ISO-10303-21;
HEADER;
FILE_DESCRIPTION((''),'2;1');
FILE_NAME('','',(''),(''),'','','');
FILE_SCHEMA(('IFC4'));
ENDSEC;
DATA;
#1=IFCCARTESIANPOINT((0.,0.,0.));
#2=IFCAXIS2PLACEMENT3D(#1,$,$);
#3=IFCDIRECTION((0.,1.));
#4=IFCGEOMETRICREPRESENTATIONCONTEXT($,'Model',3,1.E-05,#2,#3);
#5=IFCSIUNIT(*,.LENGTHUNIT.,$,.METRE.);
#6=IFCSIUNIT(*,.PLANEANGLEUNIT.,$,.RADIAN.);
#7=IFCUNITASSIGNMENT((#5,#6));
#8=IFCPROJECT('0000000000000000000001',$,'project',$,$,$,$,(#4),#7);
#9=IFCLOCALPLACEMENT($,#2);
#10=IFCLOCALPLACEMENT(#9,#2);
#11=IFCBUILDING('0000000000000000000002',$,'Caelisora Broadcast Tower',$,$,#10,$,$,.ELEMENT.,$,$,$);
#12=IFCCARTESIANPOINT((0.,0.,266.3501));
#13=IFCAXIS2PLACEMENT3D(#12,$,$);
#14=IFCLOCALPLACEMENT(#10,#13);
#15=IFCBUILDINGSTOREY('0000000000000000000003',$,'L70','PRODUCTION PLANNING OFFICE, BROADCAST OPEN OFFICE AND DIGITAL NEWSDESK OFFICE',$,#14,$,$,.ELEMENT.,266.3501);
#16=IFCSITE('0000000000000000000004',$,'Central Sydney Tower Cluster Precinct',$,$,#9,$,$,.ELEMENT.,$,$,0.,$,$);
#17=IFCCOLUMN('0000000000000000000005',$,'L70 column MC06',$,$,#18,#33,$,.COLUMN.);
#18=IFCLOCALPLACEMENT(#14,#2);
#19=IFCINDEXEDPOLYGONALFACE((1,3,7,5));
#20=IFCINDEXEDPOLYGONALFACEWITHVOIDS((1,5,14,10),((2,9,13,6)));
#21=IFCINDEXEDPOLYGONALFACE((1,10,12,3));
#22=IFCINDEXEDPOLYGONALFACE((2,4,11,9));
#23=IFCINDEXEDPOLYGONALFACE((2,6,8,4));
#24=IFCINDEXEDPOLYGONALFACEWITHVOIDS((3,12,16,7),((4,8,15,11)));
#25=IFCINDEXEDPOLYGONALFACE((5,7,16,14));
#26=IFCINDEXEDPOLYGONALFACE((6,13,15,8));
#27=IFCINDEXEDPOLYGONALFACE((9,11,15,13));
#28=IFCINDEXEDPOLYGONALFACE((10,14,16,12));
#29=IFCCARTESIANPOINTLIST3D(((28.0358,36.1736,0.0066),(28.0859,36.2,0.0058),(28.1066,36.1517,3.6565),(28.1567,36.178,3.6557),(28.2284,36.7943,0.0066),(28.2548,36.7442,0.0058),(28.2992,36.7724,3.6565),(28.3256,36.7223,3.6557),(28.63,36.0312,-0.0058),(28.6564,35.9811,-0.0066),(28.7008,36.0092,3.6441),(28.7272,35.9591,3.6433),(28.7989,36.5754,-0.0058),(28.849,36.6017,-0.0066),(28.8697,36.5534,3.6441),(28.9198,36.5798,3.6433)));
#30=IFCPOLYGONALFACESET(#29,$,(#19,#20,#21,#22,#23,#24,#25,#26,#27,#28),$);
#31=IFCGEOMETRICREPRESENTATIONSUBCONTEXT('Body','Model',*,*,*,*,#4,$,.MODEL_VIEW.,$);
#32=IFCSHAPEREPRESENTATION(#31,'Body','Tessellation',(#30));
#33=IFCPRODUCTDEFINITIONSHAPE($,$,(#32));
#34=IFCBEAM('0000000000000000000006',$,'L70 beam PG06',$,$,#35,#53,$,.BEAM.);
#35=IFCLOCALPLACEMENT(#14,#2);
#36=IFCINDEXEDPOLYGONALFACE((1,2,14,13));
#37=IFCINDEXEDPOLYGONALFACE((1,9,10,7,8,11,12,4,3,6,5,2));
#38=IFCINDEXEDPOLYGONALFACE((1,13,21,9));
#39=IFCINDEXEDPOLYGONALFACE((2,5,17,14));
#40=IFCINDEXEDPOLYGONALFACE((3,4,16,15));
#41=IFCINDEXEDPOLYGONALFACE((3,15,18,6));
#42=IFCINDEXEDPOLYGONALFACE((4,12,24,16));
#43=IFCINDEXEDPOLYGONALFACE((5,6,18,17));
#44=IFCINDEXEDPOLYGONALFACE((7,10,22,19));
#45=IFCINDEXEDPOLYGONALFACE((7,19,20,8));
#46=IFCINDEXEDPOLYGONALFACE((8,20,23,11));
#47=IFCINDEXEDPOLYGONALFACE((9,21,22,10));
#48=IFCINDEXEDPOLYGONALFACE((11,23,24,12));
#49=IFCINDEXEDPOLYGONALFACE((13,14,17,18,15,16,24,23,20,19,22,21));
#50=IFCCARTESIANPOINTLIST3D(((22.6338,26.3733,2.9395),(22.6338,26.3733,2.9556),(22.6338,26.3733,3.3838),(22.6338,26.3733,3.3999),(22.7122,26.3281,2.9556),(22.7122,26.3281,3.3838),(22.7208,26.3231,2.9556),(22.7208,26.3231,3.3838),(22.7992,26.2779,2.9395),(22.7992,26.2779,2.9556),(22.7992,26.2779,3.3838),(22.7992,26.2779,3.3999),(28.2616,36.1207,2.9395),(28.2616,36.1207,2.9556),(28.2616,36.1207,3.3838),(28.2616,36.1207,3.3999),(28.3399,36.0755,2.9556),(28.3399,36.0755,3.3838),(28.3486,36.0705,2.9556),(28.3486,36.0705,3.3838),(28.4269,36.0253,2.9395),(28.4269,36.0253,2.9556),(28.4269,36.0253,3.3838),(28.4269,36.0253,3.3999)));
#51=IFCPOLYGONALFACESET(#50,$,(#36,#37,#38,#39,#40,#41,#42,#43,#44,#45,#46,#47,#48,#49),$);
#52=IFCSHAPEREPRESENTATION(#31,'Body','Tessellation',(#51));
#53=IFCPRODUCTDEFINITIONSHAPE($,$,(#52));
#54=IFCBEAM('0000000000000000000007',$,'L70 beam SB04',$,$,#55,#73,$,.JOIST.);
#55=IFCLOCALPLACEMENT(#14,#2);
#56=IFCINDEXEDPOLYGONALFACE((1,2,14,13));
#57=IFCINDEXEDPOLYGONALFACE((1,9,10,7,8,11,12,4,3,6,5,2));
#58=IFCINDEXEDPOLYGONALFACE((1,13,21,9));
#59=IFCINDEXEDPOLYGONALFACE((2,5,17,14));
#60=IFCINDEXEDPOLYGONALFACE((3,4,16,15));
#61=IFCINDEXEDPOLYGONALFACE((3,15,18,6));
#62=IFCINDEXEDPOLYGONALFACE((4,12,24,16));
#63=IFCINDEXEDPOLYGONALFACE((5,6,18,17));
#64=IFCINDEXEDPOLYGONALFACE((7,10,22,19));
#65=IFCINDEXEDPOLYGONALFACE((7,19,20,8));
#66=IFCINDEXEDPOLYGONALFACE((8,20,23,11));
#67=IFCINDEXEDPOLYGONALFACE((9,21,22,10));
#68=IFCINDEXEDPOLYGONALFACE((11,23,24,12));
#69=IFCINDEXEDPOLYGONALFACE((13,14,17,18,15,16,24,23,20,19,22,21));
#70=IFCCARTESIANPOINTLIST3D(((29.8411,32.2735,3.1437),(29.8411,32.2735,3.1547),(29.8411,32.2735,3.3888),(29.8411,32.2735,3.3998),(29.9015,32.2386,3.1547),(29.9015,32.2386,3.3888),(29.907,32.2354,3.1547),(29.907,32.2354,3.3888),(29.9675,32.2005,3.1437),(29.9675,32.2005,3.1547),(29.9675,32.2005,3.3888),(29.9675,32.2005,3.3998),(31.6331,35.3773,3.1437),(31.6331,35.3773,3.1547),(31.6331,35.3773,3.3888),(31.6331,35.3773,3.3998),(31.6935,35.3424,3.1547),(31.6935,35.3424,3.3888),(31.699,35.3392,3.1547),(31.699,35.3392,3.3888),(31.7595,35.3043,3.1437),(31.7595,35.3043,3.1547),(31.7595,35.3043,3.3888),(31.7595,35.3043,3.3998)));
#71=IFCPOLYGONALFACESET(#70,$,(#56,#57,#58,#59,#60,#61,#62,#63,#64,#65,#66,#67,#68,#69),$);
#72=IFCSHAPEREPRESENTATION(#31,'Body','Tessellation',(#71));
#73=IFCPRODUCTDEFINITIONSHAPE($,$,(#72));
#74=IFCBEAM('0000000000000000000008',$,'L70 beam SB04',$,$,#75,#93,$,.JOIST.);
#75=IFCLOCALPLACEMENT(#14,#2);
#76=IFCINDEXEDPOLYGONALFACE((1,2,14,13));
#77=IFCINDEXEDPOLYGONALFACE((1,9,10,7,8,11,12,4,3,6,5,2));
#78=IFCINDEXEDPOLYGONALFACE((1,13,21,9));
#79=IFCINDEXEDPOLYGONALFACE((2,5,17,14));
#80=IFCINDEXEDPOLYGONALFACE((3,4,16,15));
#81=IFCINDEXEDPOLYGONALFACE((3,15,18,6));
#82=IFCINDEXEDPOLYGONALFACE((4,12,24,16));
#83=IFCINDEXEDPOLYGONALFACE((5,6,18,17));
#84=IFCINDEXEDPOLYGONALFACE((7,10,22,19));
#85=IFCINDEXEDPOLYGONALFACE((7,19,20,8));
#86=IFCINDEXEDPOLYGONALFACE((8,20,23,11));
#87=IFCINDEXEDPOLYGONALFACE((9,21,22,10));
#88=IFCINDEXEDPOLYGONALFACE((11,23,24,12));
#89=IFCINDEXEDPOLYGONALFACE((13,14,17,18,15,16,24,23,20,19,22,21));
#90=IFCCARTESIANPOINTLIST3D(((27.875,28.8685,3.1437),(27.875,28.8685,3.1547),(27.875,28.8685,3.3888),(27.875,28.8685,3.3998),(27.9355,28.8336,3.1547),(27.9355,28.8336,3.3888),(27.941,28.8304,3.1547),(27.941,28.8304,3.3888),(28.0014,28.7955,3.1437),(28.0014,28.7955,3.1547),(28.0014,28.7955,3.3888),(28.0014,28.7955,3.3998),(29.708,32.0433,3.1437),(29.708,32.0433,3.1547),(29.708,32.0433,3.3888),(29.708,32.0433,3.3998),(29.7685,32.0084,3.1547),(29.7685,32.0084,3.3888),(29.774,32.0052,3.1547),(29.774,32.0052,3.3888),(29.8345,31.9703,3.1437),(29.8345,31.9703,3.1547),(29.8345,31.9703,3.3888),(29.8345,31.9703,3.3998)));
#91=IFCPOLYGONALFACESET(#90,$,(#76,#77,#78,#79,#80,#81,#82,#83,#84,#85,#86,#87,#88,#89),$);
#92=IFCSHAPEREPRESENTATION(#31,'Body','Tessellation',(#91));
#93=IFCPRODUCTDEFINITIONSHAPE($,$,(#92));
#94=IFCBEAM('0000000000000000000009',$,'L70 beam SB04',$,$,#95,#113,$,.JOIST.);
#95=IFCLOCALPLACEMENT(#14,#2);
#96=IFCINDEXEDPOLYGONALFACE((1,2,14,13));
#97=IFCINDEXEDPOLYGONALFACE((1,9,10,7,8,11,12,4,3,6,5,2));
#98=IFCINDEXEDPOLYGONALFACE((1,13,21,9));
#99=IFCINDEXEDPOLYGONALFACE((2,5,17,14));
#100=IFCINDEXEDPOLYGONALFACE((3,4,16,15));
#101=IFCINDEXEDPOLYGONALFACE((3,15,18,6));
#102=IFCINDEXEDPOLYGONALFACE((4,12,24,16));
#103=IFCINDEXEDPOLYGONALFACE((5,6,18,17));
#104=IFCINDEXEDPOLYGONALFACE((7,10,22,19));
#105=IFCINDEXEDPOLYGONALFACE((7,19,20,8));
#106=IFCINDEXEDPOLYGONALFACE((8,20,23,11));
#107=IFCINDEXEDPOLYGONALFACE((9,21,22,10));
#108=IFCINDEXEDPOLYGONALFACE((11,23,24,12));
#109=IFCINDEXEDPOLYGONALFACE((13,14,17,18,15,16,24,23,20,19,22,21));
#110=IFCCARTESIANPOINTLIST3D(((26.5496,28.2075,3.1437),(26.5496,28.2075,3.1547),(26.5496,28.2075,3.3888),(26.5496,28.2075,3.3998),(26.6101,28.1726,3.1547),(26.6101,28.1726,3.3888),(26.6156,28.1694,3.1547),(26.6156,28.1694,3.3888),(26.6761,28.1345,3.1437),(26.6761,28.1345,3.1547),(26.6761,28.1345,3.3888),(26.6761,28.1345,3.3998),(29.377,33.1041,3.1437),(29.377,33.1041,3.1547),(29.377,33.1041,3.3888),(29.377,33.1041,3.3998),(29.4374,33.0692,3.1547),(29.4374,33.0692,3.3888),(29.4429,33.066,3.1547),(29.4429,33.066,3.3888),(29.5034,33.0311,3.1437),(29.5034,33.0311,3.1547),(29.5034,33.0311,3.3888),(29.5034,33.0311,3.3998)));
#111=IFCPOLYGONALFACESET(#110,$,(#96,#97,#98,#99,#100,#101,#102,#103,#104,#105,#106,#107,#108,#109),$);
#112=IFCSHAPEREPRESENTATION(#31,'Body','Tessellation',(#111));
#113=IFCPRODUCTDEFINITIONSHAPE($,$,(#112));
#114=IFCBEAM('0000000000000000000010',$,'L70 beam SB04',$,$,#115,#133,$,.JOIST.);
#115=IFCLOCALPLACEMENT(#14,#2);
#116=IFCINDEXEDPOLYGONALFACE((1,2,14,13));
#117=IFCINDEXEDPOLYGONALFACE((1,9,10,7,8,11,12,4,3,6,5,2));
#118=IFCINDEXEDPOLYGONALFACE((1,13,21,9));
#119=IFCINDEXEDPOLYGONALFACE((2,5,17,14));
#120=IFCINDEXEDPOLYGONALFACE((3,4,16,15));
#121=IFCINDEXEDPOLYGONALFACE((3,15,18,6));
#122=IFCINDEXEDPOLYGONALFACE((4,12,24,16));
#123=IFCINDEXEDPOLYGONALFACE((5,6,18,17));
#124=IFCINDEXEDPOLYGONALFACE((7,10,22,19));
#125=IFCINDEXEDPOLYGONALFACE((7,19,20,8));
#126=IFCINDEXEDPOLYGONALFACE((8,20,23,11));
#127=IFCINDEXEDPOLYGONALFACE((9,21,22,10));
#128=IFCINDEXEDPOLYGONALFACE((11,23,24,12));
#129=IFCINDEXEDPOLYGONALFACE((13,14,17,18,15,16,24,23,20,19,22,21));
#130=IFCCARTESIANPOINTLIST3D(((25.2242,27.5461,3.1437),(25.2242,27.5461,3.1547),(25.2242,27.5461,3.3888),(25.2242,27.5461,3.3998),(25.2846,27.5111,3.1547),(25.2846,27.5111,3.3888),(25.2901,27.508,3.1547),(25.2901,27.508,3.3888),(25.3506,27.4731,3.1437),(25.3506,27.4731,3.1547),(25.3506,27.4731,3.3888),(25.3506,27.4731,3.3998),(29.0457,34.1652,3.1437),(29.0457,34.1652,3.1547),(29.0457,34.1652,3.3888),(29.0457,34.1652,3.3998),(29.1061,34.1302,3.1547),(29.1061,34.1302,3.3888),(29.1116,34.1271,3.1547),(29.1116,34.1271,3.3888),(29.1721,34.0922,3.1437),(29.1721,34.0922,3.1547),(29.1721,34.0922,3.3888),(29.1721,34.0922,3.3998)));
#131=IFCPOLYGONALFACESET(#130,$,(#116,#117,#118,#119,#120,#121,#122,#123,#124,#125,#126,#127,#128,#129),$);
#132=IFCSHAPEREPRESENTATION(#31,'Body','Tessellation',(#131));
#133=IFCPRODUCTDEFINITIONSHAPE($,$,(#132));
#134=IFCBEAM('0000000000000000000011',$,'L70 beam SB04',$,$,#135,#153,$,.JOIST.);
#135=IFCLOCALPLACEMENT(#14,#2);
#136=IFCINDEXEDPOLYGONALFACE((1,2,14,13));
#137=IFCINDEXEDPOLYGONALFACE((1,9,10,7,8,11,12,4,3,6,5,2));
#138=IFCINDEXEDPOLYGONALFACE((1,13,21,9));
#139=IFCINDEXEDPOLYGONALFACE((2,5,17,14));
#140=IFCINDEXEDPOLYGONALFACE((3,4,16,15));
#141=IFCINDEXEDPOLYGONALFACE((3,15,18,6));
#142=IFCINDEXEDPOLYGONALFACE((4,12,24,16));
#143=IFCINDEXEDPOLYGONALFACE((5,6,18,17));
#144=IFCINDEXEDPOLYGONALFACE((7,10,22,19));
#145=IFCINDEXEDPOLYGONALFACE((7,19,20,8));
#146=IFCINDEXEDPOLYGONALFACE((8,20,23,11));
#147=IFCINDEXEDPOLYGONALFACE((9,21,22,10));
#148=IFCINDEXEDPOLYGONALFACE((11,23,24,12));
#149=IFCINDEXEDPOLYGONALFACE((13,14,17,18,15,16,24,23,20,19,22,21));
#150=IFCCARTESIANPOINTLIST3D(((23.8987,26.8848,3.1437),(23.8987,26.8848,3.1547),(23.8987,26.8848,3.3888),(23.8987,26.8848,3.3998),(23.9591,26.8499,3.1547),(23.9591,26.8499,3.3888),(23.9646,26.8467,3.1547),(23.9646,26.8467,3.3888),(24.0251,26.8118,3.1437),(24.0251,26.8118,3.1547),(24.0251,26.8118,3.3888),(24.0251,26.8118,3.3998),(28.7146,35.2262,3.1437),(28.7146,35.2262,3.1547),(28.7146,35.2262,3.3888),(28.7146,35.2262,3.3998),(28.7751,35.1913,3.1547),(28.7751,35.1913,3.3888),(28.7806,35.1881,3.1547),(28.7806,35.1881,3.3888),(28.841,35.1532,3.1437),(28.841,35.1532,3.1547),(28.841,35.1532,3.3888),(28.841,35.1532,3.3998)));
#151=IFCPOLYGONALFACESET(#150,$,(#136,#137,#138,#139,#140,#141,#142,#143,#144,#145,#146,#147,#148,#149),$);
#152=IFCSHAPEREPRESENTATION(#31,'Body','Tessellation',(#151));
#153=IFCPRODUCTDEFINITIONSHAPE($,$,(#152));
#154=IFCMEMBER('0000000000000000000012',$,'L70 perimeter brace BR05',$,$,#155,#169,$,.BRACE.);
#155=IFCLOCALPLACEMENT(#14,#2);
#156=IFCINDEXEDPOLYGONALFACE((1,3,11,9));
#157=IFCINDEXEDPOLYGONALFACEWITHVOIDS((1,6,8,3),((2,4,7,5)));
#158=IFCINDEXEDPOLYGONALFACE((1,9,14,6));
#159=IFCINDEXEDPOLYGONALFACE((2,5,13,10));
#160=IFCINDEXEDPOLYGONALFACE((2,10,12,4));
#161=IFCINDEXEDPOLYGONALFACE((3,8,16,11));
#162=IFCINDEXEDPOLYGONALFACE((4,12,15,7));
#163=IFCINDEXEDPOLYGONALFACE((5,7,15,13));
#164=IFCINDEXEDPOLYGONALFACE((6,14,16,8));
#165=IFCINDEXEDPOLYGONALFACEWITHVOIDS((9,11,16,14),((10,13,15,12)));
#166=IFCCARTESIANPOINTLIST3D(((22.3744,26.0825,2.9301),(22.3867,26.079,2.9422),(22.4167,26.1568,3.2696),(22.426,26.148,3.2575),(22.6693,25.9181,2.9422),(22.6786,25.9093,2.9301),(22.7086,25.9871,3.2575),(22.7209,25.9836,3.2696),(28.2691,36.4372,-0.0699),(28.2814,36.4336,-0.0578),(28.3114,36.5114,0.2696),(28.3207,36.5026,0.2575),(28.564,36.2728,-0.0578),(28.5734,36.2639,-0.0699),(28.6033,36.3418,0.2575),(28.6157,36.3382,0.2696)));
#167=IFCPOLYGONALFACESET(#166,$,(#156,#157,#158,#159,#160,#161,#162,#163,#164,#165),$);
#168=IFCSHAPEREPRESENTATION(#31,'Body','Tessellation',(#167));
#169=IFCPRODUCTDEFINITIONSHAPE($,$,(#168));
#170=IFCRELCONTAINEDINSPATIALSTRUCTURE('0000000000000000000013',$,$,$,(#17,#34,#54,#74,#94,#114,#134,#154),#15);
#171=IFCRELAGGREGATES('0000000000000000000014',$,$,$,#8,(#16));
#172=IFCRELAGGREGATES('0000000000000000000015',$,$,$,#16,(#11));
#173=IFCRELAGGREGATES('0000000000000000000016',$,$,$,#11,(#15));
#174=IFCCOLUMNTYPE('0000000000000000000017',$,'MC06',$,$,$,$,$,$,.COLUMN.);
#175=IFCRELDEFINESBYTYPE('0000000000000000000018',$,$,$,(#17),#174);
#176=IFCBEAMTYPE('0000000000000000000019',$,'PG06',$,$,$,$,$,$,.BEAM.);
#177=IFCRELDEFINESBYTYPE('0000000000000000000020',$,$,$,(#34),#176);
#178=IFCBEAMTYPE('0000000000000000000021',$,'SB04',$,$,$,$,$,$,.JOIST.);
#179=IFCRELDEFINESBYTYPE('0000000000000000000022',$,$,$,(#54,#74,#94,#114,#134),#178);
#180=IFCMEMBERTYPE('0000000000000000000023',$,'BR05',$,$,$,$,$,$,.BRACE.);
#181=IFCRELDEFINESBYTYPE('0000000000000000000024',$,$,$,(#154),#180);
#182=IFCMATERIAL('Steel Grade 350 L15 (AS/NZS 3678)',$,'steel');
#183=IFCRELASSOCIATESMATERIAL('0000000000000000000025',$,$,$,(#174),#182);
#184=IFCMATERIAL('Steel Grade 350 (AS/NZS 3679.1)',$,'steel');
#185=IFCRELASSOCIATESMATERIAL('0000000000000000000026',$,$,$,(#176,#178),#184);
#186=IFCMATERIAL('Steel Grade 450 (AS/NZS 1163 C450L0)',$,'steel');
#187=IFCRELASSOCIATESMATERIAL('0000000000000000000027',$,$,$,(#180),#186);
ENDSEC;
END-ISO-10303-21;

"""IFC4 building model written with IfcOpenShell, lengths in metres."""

from ifc_helpers import new_model, si_unit, direction, frame, origin, origin_2d, place, context, subcontext, project, spatial, hollow_rectangle, i_section, extrude, source, transform, mapped, material, material_profile, profile_set, type_object, type_shapes, element, save


model = new_model("IFC4")

# Units and contexts
model_context = context("Model", 3, precision=1e-05, world=origin(), true_north=direction((0.0, 1.0)))
body_context = subcontext(model_context, "Body", "Model", "MODEL_VIEW")
ifc_project = project(units=[si_unit("LENGTHUNIT", "METRE"), si_unit("PLANEANGLEUNIT", "RADIAN")], contexts=[model_context])

# Site, building, storey
site_placement = place(None, origin())
site = spatial("IfcSite", under=ifc_project, at=site_placement, Name="Central Sydney Tower Cluster Precinct", CompositionType="ELEMENT", RefElevation=0.0)
building_placement = place(site_placement, origin())
building = spatial("IfcBuilding", under=site, at=building_placement, Name="Caelisora Broadcast Tower", CompositionType="ELEMENT")
storey_placement = place(building_placement, frame((0.0, 0.0, 266.3501)))
storey = spatial("IfcBuildingStorey", under=building, at=storey_placement, Name="L70", Description="PRODUCTION PLANNING OFFICE, BROADCAST OPEN OFFICE AND DIGITAL NEWSDESK OFFICE", CompositionType="ELEMENT", Elevation=266.3501)

# Column
ifc_material_1 = material(Name="Steel Grade 350 L15 (AS/NZS 3678)", Category="steel")
ifc_material_profile_1 = material_profile(ifc_material_1, hollow_rectangle(XDim=0.6499, YDim=0.6499, WallThickness=0.04, at=origin_2d()), Name="Steel Grade 350 L15 (AS/NZS 3678)")
ifc_profile_set_1 = profile_set([ifc_material_profile_1], Name="Steel Grade 350 L15 (AS/NZS 3678)")
column_type = type_object("IfcColumnType", Name="MC06", PredefinedType="COLUMN", material=ifc_profile_set_1)
shared_shape_1 = source(origin(), body_context, "Body", "SweptSolid", [
    extrude(hollow_rectangle(XDim=0.6499, YDim=0.6499, WallThickness=0.04, at=origin_2d()), origin(), (0.0, 0.0, 1.0), 3.6506),
])
type_shapes(column_type, [shared_shape_1])
column_placement = place(storey_placement, frame((28.4424, 36.3877, 0.0), z_axis=(0.019394, -0.006019, 0.999794), x_axis=(0.296399, 0.955064, 0.0)))
element("IfcColumn", 1, at=column_placement, inside=storey, type_object=column_type, Name="L70 column MC06", PredefinedType="COLUMN", context=body_context, shape_type="MappedRepresentation", body=[
    mapped(shared_shape_1, transform((0.0, 0.0, 0.0), scale=1.0)),
])

# Beams
ifc_material_2 = material(Name="Steel Grade 350 (AS/NZS 3679.1)", Category="steel")
ifc_material_profile_2 = material_profile(ifc_material_2, i_section(OverallWidth=0.1909, OverallDepth=0.4604, WebThickness=0.01, FlangeThickness=0.0161, at=origin_2d()), Name="Steel Grade 350 (AS/NZS 3679.1)")
ifc_profile_set_2 = profile_set([ifc_material_profile_2], Name="Steel Grade 350 (AS/NZS 3679.1)")
beam_type_1 = type_object("IfcBeamType", Name="PG06", PredefinedType="BEAM", material=ifc_profile_set_2)
shared_shape_2 = source(origin(), body_context, "Body", "SweptSolid", [
    extrude(i_section(OverallWidth=0.1909, OverallDepth=0.4604, WebThickness=0.01, FlangeThickness=0.0161, at=origin_2d()), origin(), (0.0, 0.0, 1.0), 11.2554),
])
type_shapes(beam_type_1, [shared_shape_2])
beam_1_placement = place(storey_placement, frame((28.3442, 36.073, 3.1697), z_axis=(-0.500005, -0.866023, 0.0), x_axis=(0.866023, -0.500005, 0.0)))
element("IfcBeam", 2, at=beam_1_placement, inside=storey, type_object=beam_type_1, Name="L70 beam PG06", PredefinedType="BEAM", context=body_context, shape_type="MappedRepresentation", body=[
    mapped(shared_shape_2, transform((0.0, 0.0, 0.0), scale=1.0)),
])
ifc_material_profile_3 = material_profile(ifc_material_2, i_section(OverallWidth=0.146, OverallDepth=0.2561, WebThickness=0.0063, FlangeThickness=0.011, at=origin_2d()), Name="Steel Grade 350 (AS/NZS 3679.1)")
ifc_profile_set_3 = profile_set([ifc_material_profile_3], Name="Steel Grade 350 (AS/NZS 3679.1)")
beam_type_2 = type_object("IfcBeamType", Name="SB04", PredefinedType="JOIST", material=ifc_profile_set_3)
shared_shape_3 = source(origin(), body_context, "Body", "SweptSolid", [
    extrude(i_section(OverallWidth=0.146, OverallDepth=0.2561, WebThickness=0.0063, FlangeThickness=0.011, at=origin_2d()), origin(), (0.0, 0.0, 1.0), 3.584),
])
beam_2_placement = place(storey_placement, frame((31.6963, 35.3408, 3.2717), z_axis=(-0.500007, -0.866021, 0.0), x_axis=(0.866021, -0.500007, 0.0)))
element("IfcBeam", 3, at=beam_2_placement, inside=storey, type_object=beam_type_2, Name="L70 beam SB04", PredefinedType="JOIST", context=body_context, shape_type="MappedRepresentation", body=[
    mapped(shared_shape_3, transform((0.0, 0.0, 0.0), scale=1.0)),
])
shared_shape_4 = source(origin(), body_context, "Body", "SweptSolid", [
    extrude(i_section(OverallWidth=0.146, OverallDepth=0.2561, WebThickness=0.0063, FlangeThickness=0.011, at=origin_2d()), origin(), (0.0, 0.0, 1.0), 3.666),
])
beam_3_placement = place(storey_placement, frame((29.7712, 32.0068, 3.2717), z_axis=(-0.500007, -0.866021, 0.0), x_axis=(0.866021, -0.500007, 0.0)))
element("IfcBeam", 4, at=beam_3_placement, inside=storey, type_object=beam_type_2, Name="L70 beam SB04", PredefinedType="JOIST", context=body_context, shape_type="MappedRepresentation", body=[
    mapped(shared_shape_4, transform((0.0, 0.0, 0.0), scale=1.0)),
])
shared_shape_5 = source(origin(), body_context, "Body", "SweptSolid", [
    extrude(i_section(OverallWidth=0.146, OverallDepth=0.2561, WebThickness=0.0063, FlangeThickness=0.011, at=origin_2d()), origin(), (0.0, 0.0, 1.0), 5.6543),
])
beam_4_placement = place(storey_placement, frame((29.4402, 33.0676, 3.2717), z_axis=(-0.500035, -0.866005, 0.0), x_axis=(0.866005, -0.500035, 0.0)))
element("IfcBeam", 5, at=beam_4_placement, inside=storey, type_object=beam_type_2, Name="L70 beam SB04", PredefinedType="JOIST", context=body_context, shape_type="MappedRepresentation", body=[
    mapped(shared_shape_5, transform((0.0, 0.0, 0.0), scale=1.0)),
])
shared_shape_6 = source(origin(), body_context, "Body", "SweptSolid", [
    extrude(i_section(OverallWidth=0.146, OverallDepth=0.2561, WebThickness=0.0063, FlangeThickness=0.011, at=origin_2d()), origin(), (0.0, 0.0, 1.0), 7.6431),
])
beam_5_placement = place(storey_placement, frame((29.1089, 34.1287, 3.2717), z_axis=(-0.499997, -0.866027, 0.0), x_axis=(0.866027, -0.499997, 0.0)))
element("IfcBeam", 6, at=beam_5_placement, inside=storey, type_object=beam_type_2, Name="L70 beam SB04", PredefinedType="JOIST", context=body_context, shape_type="MappedRepresentation", body=[
    mapped(shared_shape_6, transform((0.0, 0.0, 0.0), scale=1.0)),
])
shared_shape_7 = source(origin(), body_context, "Body", "SweptSolid", [
    extrude(i_section(OverallWidth=0.146, OverallDepth=0.2561, WebThickness=0.0063, FlangeThickness=0.011, at=origin_2d()), origin(), (0.0, 0.0, 1.0), 9.6318),
])
type_shapes(beam_type_2, [shared_shape_3, shared_shape_4, shared_shape_5, shared_shape_6, shared_shape_7])
beam_6_placement = place(storey_placement, frame((28.7778, 35.1897, 3.2717), z_axis=(-0.500005, -0.866023, 0.0), x_axis=(0.866023, -0.500005, 0.0)))
element("IfcBeam", 7, at=beam_6_placement, inside=storey, type_object=beam_type_2, Name="L70 beam SB04", PredefinedType="JOIST", context=body_context, shape_type="MappedRepresentation", body=[
    mapped(shared_shape_7, transform((0.0, 0.0, 0.0), scale=1.0)),
])

# Member
ifc_material_3 = material(Name="Steel Grade 450 (AS/NZS 1163 C450L0)", Category="steel")
ifc_material_profile_4 = material_profile(ifc_material_3, hollow_rectangle(XDim=0.3501, YDim=0.3501, WallThickness=0.0125, at=origin_2d()), Name="Steel Grade 450 (AS/NZS 1163 C450L0)")
ifc_profile_set_4 = profile_set([ifc_material_profile_4], Name="Steel Grade 450 (AS/NZS 1163 C450L0)")
member_type_1 = type_object("IfcMemberType", Name="BR05", PredefinedType="BRACE", material=ifc_profile_set_4)
shared_shape_8 = source(origin(), body_context, "Body", "SweptSolid", [
    extrude(hollow_rectangle(XDim=0.3501, YDim=0.3501, WallThickness=0.0125, at=origin_2d()), origin(), (0.0, 0.0, 1.0), 12.2869),
])
type_shapes(member_type_1, [shared_shape_8])
member_1_placement = place(storey_placement, frame((28.4424, 36.3877, 0.0999), z_axis=(-0.479759, -0.842743, 0.244162), x_axis=(0.869045, -0.494733, 0.0)))
element("IfcMember", 8, at=member_1_placement, inside=storey, type_object=member_type_1, Name="L70 perimeter brace BR05", PredefinedType="BRACE", context=body_context, shape_type="MappedRepresentation", body=[
    mapped(shared_shape_8, transform((0.0, 0.0, 0.0), scale=1.0)),
])

save(model, "model.ifc")
